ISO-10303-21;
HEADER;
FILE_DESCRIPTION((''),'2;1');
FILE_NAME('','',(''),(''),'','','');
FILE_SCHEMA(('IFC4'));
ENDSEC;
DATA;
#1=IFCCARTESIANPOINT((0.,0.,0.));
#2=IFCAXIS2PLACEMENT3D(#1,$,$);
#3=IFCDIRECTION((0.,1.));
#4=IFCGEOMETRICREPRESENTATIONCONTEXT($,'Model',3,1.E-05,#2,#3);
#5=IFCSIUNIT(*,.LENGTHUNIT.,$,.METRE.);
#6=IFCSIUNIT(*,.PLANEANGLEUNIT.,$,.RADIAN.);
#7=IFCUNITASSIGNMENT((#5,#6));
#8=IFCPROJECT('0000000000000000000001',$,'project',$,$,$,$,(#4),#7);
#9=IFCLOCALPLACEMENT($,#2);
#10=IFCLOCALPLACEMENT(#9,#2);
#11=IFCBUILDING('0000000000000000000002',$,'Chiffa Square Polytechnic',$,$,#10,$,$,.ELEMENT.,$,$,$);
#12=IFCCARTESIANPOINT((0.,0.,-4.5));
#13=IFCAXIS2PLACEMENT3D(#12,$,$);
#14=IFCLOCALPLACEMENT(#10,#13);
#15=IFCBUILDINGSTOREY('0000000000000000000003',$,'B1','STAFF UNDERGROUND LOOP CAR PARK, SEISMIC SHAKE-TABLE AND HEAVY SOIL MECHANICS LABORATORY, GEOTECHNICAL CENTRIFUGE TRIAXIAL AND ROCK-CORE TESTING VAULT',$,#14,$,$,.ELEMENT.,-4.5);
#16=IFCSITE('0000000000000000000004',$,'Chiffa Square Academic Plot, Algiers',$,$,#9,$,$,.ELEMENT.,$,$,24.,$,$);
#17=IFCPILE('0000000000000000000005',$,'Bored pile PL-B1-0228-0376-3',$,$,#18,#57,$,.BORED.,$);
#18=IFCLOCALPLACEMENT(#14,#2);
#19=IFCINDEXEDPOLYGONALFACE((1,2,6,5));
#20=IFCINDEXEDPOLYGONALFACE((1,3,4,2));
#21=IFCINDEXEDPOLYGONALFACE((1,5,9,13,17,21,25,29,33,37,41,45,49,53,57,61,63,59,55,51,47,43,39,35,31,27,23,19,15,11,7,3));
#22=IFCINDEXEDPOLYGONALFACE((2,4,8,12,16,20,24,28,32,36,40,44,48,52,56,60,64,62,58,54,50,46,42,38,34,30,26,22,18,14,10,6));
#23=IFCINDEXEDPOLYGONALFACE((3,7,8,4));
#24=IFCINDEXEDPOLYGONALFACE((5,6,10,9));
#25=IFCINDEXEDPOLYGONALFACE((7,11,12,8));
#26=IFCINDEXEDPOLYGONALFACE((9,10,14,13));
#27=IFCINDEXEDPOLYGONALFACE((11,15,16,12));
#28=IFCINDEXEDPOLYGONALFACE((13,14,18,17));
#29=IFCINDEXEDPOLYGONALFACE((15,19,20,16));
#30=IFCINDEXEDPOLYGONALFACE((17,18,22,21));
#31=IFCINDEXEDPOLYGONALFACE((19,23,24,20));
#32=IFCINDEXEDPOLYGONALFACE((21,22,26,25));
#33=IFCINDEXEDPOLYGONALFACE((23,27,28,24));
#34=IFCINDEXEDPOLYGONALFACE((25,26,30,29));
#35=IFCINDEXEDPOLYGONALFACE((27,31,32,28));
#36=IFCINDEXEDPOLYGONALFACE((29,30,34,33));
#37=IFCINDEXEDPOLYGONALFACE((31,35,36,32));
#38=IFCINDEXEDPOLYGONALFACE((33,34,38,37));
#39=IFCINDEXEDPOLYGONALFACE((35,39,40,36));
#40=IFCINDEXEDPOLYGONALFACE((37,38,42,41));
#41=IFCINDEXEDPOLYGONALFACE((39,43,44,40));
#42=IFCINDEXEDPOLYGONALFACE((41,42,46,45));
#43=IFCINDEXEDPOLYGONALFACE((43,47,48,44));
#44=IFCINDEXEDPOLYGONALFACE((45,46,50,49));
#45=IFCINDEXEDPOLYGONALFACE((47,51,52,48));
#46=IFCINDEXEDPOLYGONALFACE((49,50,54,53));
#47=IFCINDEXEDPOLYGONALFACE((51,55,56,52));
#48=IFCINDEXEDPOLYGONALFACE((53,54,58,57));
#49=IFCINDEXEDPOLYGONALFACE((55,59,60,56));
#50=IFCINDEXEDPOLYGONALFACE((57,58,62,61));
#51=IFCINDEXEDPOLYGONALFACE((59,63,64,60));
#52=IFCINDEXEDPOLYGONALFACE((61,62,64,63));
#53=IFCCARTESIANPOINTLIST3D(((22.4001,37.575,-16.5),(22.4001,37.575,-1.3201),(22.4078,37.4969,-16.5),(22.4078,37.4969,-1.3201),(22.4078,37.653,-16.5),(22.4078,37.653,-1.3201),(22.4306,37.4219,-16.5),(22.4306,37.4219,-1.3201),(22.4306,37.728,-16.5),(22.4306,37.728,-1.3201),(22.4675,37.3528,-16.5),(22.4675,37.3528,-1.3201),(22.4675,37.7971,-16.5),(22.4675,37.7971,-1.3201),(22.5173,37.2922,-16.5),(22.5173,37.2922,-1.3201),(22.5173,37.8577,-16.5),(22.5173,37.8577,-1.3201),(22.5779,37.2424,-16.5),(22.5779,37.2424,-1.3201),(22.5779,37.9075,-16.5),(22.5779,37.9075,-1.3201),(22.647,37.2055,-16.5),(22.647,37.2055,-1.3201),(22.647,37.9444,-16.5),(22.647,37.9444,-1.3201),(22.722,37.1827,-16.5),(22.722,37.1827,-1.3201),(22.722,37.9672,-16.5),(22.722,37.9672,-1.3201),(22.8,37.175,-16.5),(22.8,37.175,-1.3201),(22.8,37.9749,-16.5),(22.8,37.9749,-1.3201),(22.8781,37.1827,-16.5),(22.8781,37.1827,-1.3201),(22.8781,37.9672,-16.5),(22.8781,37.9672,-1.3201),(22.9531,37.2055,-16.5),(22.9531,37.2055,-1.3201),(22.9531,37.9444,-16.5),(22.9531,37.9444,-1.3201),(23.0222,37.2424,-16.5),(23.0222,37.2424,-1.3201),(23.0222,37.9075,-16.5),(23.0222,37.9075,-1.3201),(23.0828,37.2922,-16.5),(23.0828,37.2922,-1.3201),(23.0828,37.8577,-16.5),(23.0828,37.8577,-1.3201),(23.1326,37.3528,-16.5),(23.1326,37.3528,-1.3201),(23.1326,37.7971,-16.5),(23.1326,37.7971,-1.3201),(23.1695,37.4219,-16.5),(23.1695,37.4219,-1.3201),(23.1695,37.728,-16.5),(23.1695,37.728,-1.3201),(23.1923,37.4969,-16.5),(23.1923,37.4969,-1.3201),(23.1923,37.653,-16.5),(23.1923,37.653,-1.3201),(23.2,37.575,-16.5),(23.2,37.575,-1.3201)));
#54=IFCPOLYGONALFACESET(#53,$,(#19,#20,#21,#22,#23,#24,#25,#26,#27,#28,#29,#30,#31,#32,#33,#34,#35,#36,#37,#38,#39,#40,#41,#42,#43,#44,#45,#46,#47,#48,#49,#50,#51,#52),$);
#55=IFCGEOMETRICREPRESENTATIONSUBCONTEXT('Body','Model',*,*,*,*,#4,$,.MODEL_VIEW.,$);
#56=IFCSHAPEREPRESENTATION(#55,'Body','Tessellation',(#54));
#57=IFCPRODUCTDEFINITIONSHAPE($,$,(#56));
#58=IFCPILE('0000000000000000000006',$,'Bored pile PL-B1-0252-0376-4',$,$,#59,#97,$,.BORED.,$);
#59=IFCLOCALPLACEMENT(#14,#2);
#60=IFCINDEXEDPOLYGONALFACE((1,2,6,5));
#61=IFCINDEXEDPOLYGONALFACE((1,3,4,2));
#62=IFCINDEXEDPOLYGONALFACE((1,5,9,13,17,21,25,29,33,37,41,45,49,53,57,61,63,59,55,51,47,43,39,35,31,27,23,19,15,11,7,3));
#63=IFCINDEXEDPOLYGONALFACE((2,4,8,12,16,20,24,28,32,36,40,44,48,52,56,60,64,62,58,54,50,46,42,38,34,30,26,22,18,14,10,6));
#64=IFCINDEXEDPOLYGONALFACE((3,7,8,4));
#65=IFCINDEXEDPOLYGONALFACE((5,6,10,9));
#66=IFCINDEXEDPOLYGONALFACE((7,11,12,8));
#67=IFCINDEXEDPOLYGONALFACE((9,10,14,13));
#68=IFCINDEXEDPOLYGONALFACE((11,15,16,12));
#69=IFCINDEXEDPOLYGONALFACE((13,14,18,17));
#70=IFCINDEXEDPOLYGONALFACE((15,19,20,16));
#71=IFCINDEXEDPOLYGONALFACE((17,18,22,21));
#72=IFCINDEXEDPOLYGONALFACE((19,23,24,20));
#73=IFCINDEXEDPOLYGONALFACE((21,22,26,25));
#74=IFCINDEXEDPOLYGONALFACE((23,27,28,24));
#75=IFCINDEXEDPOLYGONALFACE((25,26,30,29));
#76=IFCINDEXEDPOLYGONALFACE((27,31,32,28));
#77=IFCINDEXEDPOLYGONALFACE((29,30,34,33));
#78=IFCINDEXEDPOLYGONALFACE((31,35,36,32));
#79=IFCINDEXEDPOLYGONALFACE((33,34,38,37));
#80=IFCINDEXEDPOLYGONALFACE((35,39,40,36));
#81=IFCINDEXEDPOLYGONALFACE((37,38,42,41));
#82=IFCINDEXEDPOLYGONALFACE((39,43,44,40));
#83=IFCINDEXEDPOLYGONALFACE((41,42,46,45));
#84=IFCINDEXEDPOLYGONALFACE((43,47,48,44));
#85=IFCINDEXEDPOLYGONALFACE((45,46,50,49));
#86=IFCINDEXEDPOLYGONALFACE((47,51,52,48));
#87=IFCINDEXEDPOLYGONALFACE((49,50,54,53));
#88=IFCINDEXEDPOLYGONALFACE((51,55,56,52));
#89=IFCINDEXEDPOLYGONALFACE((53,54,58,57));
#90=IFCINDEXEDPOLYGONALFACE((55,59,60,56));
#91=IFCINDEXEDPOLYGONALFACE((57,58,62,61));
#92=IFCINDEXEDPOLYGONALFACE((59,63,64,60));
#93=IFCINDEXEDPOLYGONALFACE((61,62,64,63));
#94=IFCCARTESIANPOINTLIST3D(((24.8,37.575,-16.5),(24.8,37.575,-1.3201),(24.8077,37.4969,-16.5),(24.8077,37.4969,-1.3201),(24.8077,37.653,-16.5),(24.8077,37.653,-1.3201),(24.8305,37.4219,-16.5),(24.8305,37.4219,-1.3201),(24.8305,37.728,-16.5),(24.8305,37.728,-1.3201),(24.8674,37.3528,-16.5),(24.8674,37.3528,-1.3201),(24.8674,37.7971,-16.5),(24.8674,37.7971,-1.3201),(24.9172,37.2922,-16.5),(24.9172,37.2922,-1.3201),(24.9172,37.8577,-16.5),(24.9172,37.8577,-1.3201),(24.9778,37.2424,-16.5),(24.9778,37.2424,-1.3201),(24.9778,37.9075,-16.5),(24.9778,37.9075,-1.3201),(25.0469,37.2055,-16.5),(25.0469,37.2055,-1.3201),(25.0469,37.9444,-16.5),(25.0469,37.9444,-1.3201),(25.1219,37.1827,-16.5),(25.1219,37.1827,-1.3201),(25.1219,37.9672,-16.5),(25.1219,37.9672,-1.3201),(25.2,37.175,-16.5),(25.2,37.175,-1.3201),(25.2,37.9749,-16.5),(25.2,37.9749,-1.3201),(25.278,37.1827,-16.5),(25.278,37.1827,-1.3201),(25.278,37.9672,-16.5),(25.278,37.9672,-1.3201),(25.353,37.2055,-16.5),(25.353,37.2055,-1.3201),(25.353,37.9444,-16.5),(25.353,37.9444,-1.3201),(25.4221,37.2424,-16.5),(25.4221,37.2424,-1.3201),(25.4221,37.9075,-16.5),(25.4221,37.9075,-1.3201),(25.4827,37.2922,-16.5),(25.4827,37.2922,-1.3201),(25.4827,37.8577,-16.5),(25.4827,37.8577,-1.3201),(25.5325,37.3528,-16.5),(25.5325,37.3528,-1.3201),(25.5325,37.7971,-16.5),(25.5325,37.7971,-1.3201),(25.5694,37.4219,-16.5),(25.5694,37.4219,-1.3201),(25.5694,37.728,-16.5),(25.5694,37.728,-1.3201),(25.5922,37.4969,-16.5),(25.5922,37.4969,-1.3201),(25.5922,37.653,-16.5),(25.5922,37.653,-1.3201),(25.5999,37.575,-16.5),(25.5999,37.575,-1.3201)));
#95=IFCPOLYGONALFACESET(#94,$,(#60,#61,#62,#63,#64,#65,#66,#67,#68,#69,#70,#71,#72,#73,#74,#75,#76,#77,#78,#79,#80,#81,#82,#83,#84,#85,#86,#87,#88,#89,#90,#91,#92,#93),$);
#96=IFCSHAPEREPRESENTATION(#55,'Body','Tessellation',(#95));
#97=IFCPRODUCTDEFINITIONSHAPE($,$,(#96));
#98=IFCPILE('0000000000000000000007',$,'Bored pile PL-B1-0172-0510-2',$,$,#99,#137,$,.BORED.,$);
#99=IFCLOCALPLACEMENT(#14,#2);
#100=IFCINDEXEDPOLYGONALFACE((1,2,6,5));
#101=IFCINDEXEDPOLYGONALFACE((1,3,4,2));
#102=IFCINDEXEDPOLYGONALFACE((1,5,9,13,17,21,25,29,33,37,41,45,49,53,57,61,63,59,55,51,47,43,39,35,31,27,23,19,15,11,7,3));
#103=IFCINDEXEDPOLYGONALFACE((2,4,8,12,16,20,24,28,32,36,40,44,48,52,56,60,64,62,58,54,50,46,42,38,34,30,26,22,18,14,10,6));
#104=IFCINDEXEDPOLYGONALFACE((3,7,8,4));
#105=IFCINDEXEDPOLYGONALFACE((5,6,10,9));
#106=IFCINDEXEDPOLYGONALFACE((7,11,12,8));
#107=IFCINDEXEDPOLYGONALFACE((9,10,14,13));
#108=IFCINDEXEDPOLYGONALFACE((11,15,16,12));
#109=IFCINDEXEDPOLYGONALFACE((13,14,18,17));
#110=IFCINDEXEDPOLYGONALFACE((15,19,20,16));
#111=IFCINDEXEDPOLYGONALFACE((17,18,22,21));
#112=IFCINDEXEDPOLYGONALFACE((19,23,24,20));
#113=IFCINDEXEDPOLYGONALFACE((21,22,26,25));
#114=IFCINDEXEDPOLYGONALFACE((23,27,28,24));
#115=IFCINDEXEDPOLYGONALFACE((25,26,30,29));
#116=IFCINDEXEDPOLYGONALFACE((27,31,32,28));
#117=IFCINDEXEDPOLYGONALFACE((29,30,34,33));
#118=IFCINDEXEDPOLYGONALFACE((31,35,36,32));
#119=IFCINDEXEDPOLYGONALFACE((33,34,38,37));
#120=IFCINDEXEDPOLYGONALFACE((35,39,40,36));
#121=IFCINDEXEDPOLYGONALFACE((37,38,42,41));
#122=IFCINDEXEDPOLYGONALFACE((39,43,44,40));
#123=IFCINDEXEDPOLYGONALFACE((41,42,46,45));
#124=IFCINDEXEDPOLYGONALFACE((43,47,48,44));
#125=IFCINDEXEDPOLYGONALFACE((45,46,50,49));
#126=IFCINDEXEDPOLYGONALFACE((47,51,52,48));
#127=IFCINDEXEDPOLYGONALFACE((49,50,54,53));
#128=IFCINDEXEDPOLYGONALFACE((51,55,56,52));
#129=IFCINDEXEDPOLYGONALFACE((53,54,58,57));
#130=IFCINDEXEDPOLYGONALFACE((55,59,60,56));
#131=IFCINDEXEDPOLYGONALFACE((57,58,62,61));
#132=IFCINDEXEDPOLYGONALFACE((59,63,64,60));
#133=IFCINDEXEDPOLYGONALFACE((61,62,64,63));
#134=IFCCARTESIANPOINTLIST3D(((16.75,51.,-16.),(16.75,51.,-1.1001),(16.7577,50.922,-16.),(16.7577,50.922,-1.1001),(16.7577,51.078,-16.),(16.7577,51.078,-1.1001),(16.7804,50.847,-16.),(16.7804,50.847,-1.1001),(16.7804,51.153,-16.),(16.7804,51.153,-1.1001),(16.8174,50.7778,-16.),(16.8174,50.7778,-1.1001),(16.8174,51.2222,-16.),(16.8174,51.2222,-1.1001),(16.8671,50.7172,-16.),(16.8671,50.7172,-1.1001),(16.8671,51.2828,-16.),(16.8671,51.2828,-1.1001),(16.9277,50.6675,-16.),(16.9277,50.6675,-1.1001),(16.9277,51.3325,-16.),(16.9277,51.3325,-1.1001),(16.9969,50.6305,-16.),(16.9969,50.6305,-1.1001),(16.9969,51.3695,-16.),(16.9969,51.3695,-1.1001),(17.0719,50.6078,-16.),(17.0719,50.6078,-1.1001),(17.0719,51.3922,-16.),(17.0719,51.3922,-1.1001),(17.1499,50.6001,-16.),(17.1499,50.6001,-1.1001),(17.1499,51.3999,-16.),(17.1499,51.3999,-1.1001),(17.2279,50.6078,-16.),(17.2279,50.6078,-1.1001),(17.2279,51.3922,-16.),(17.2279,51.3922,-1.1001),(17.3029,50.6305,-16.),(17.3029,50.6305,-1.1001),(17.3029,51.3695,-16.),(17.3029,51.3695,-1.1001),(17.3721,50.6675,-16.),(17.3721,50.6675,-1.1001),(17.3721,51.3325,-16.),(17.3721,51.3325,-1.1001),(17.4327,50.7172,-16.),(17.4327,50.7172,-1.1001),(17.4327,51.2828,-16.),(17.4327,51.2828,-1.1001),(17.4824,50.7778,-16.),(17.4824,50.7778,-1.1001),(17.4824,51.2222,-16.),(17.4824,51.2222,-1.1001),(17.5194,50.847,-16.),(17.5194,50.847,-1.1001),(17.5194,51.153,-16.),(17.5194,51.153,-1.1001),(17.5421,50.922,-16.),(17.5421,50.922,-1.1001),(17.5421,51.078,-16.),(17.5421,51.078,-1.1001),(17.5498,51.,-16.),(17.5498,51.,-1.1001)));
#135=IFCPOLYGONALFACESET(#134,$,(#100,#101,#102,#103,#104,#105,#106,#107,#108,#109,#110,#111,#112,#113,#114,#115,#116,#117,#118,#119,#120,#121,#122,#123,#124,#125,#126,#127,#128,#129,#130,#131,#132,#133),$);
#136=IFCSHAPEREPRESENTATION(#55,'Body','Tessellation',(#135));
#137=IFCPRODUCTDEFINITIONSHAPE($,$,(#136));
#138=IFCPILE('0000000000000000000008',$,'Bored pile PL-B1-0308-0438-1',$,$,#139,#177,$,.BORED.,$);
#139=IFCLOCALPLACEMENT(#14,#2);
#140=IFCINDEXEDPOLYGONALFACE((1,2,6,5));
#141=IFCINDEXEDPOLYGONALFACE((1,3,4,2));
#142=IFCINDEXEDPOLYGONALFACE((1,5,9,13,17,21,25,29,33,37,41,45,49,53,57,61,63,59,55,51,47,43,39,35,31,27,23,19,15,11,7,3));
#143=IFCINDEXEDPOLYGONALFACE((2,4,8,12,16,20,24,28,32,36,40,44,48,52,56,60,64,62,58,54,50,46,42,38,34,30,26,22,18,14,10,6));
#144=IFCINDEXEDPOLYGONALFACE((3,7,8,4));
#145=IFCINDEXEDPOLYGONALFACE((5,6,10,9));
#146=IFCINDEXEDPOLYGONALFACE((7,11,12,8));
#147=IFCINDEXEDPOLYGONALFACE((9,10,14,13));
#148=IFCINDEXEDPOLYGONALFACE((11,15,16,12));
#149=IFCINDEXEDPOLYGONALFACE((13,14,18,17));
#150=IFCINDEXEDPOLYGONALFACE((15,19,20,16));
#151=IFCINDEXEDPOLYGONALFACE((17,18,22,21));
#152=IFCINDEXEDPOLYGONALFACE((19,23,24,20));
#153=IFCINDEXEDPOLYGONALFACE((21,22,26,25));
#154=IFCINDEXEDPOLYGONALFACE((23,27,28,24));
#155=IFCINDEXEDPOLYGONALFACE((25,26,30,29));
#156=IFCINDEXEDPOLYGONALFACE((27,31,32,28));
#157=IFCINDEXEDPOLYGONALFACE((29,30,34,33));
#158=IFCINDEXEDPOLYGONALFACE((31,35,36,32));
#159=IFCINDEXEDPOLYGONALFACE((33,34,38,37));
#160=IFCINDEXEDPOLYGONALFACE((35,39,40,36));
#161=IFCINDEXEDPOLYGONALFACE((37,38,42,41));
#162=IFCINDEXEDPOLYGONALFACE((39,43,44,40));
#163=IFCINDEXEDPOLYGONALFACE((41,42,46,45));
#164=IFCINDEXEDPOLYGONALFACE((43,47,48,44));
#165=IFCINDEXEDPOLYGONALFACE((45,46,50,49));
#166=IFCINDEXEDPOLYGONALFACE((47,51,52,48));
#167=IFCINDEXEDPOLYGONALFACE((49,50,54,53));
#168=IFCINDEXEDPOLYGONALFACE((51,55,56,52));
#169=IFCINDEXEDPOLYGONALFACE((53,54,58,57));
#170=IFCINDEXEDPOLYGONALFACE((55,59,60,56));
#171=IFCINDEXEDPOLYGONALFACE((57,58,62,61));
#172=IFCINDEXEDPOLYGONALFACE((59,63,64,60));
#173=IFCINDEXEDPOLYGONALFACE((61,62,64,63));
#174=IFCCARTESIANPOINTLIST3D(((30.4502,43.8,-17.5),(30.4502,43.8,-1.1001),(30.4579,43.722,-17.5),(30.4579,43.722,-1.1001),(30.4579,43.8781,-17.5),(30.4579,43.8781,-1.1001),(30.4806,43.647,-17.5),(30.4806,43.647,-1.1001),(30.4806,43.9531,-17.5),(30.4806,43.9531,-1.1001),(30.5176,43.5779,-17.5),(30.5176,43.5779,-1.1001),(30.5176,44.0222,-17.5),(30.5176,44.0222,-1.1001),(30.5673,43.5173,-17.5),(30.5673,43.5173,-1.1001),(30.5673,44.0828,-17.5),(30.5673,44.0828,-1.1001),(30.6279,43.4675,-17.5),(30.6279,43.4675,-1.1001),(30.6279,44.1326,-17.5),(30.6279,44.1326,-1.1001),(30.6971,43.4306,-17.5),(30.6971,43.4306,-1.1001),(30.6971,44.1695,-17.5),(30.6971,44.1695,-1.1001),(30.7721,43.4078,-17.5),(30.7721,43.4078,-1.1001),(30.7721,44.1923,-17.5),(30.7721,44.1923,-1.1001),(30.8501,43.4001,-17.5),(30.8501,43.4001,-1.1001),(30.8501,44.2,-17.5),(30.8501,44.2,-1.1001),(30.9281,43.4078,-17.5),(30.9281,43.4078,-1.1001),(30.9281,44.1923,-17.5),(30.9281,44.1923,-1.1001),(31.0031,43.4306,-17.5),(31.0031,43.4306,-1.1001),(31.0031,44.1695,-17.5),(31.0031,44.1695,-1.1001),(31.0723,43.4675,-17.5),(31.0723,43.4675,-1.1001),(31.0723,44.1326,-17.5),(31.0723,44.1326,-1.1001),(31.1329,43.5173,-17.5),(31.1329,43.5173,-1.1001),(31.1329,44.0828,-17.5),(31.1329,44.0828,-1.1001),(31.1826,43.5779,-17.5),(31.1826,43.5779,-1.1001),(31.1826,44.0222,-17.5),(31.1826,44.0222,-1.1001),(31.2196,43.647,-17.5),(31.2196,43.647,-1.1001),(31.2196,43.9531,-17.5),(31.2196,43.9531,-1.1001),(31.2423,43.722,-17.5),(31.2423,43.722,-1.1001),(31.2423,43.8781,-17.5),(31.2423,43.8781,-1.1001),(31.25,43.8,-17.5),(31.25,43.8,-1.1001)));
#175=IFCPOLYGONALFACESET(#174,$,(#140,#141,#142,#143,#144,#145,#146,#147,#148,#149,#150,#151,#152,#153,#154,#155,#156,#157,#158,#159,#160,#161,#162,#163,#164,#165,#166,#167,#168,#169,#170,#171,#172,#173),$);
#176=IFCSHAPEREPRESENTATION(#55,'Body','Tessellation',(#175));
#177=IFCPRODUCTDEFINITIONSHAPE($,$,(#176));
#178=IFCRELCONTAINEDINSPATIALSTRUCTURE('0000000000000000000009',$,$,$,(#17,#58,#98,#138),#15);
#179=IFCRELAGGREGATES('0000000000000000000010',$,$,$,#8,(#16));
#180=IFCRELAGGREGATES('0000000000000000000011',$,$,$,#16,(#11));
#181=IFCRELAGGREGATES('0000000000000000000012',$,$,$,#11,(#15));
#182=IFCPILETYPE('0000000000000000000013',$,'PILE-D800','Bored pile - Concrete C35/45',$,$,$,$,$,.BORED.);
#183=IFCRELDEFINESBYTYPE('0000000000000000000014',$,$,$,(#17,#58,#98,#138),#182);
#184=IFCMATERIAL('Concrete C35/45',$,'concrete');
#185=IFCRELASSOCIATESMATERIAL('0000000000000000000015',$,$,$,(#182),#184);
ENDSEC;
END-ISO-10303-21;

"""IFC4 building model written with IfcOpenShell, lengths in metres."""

from ifc_helpers import new_model, si_unit, direction, frame, origin, origin_2d, place, context, subcontext, project, spatial, circle, extrude, material, material_profile, profile_set, type_object, element, save


model = new_model("IFC4")

# Units and contexts
model_context = context("Model", 3, precision=1e-05, world=origin(), true_north=direction((0.0, 1.0)))
body_context = subcontext(model_context, "Body", "Model", "MODEL_VIEW")
ifc_project = project(units=[si_unit("LENGTHUNIT", "METRE"), si_unit("PLANEANGLEUNIT", "RADIAN")], contexts=[model_context])

# Site, building, storey
site_placement = place(None, origin())
site = spatial("IfcSite", under=ifc_project, at=site_placement, Name="Chiffa Square Academic Plot, Algiers", CompositionType="ELEMENT", RefElevation=24.0)
building_placement = place(site_placement, origin())
building = spatial("IfcBuilding", under=site, at=building_placement, Name="Chiffa Square Polytechnic", CompositionType="ELEMENT")
storey_placement = place(building_placement, frame((0.0, 0.0, -4.5)))
storey = spatial("IfcBuildingStorey", under=building, at=storey_placement, Name="B1", Description="STAFF UNDERGROUND LOOP CAR PARK, SEISMIC SHAKE-TABLE AND HEAVY SOIL MECHANICS LABORATORY, GEOTECHNICAL CENTRIFUGE TRIAXIAL AND ROCK-CORE TESTING VAULT", CompositionType="ELEMENT", Elevation=-4.5)

# Shared definitions
ifc_material_1 = material(Name="Concrete C35/45", Category="concrete")

# Piles
ifc_material_profile_1 = material_profile(ifc_material_1, circle(Radius=0.3999, at=origin_2d()), Name="PILE D800")
ifc_profile_set_1 = profile_set([ifc_material_profile_1], Name="Concrete C35/45")
pile_type_1 = type_object("IfcPileType", Name="PILE-D800", Description="Bored pile - Concrete C35/45", PredefinedType="BORED", material=ifc_profile_set_1)
for number, where, z_axis, x_axis, name in (
    (1, (22.8, 37.575, -1.3201), (0.0, 0.0, -1.0), (1.0, 0.0, 0.0), "Bored pile PL-B1-0228-0376-3"),
    (2, (25.2, 37.575, -1.3201), (0.0, 0.0, -1.0), (1.0, 0.0, 0.0), "Bored pile PL-B1-0252-0376-4"),
):
    element("IfcPile", number, at=place(storey_placement, frame(where, z_axis=z_axis, x_axis=x_axis)), inside=storey, type_object=pile_type_1, Name=name, PredefinedType="BORED", context=body_context, shape_type="SweptSolid", body=[
        extrude(circle(Radius=0.3999, at=origin_2d()), origin(), (0.0, 0.0, 1.0), 15.1799),
    ])
pile_1_placement = place(storey_placement, frame((17.1499, 51.0, -1.1001), z_axis=(0.0, 0.0, -1.0), x_axis=(1.0, 0.0, 0.0)))
element("IfcPile", 3, at=pile_1_placement, inside=storey, type_object=pile_type_1, Name="Bored pile PL-B1-0172-0510-2", PredefinedType="BORED", context=body_context, shape_type="SweptSolid", body=[
    extrude(circle(Radius=0.3999, at=origin_2d()), origin(), (0.0, 0.0, 1.0), 14.8999),
])
for number, where, z_axis, x_axis, name in (
    (4, (30.8501, 43.8, -1.1001), (0.0, 0.0, -1.0), (1.0, 0.0, 0.0), "Bored pile PL-B1-0308-0438-1"),
):
    element("IfcPile", number, at=place(storey_placement, frame(where, z_axis=z_axis, x_axis=x_axis)), inside=storey, type_object=pile_type_1, Name=name, PredefinedType="BORED", context=body_context, shape_type="SweptSolid", body=[
        extrude(circle(Radius=0.3999, at=origin_2d()), origin(), (0.0, 0.0, 1.0), 16.3999),
    ])

save(model, "model.ifc")
